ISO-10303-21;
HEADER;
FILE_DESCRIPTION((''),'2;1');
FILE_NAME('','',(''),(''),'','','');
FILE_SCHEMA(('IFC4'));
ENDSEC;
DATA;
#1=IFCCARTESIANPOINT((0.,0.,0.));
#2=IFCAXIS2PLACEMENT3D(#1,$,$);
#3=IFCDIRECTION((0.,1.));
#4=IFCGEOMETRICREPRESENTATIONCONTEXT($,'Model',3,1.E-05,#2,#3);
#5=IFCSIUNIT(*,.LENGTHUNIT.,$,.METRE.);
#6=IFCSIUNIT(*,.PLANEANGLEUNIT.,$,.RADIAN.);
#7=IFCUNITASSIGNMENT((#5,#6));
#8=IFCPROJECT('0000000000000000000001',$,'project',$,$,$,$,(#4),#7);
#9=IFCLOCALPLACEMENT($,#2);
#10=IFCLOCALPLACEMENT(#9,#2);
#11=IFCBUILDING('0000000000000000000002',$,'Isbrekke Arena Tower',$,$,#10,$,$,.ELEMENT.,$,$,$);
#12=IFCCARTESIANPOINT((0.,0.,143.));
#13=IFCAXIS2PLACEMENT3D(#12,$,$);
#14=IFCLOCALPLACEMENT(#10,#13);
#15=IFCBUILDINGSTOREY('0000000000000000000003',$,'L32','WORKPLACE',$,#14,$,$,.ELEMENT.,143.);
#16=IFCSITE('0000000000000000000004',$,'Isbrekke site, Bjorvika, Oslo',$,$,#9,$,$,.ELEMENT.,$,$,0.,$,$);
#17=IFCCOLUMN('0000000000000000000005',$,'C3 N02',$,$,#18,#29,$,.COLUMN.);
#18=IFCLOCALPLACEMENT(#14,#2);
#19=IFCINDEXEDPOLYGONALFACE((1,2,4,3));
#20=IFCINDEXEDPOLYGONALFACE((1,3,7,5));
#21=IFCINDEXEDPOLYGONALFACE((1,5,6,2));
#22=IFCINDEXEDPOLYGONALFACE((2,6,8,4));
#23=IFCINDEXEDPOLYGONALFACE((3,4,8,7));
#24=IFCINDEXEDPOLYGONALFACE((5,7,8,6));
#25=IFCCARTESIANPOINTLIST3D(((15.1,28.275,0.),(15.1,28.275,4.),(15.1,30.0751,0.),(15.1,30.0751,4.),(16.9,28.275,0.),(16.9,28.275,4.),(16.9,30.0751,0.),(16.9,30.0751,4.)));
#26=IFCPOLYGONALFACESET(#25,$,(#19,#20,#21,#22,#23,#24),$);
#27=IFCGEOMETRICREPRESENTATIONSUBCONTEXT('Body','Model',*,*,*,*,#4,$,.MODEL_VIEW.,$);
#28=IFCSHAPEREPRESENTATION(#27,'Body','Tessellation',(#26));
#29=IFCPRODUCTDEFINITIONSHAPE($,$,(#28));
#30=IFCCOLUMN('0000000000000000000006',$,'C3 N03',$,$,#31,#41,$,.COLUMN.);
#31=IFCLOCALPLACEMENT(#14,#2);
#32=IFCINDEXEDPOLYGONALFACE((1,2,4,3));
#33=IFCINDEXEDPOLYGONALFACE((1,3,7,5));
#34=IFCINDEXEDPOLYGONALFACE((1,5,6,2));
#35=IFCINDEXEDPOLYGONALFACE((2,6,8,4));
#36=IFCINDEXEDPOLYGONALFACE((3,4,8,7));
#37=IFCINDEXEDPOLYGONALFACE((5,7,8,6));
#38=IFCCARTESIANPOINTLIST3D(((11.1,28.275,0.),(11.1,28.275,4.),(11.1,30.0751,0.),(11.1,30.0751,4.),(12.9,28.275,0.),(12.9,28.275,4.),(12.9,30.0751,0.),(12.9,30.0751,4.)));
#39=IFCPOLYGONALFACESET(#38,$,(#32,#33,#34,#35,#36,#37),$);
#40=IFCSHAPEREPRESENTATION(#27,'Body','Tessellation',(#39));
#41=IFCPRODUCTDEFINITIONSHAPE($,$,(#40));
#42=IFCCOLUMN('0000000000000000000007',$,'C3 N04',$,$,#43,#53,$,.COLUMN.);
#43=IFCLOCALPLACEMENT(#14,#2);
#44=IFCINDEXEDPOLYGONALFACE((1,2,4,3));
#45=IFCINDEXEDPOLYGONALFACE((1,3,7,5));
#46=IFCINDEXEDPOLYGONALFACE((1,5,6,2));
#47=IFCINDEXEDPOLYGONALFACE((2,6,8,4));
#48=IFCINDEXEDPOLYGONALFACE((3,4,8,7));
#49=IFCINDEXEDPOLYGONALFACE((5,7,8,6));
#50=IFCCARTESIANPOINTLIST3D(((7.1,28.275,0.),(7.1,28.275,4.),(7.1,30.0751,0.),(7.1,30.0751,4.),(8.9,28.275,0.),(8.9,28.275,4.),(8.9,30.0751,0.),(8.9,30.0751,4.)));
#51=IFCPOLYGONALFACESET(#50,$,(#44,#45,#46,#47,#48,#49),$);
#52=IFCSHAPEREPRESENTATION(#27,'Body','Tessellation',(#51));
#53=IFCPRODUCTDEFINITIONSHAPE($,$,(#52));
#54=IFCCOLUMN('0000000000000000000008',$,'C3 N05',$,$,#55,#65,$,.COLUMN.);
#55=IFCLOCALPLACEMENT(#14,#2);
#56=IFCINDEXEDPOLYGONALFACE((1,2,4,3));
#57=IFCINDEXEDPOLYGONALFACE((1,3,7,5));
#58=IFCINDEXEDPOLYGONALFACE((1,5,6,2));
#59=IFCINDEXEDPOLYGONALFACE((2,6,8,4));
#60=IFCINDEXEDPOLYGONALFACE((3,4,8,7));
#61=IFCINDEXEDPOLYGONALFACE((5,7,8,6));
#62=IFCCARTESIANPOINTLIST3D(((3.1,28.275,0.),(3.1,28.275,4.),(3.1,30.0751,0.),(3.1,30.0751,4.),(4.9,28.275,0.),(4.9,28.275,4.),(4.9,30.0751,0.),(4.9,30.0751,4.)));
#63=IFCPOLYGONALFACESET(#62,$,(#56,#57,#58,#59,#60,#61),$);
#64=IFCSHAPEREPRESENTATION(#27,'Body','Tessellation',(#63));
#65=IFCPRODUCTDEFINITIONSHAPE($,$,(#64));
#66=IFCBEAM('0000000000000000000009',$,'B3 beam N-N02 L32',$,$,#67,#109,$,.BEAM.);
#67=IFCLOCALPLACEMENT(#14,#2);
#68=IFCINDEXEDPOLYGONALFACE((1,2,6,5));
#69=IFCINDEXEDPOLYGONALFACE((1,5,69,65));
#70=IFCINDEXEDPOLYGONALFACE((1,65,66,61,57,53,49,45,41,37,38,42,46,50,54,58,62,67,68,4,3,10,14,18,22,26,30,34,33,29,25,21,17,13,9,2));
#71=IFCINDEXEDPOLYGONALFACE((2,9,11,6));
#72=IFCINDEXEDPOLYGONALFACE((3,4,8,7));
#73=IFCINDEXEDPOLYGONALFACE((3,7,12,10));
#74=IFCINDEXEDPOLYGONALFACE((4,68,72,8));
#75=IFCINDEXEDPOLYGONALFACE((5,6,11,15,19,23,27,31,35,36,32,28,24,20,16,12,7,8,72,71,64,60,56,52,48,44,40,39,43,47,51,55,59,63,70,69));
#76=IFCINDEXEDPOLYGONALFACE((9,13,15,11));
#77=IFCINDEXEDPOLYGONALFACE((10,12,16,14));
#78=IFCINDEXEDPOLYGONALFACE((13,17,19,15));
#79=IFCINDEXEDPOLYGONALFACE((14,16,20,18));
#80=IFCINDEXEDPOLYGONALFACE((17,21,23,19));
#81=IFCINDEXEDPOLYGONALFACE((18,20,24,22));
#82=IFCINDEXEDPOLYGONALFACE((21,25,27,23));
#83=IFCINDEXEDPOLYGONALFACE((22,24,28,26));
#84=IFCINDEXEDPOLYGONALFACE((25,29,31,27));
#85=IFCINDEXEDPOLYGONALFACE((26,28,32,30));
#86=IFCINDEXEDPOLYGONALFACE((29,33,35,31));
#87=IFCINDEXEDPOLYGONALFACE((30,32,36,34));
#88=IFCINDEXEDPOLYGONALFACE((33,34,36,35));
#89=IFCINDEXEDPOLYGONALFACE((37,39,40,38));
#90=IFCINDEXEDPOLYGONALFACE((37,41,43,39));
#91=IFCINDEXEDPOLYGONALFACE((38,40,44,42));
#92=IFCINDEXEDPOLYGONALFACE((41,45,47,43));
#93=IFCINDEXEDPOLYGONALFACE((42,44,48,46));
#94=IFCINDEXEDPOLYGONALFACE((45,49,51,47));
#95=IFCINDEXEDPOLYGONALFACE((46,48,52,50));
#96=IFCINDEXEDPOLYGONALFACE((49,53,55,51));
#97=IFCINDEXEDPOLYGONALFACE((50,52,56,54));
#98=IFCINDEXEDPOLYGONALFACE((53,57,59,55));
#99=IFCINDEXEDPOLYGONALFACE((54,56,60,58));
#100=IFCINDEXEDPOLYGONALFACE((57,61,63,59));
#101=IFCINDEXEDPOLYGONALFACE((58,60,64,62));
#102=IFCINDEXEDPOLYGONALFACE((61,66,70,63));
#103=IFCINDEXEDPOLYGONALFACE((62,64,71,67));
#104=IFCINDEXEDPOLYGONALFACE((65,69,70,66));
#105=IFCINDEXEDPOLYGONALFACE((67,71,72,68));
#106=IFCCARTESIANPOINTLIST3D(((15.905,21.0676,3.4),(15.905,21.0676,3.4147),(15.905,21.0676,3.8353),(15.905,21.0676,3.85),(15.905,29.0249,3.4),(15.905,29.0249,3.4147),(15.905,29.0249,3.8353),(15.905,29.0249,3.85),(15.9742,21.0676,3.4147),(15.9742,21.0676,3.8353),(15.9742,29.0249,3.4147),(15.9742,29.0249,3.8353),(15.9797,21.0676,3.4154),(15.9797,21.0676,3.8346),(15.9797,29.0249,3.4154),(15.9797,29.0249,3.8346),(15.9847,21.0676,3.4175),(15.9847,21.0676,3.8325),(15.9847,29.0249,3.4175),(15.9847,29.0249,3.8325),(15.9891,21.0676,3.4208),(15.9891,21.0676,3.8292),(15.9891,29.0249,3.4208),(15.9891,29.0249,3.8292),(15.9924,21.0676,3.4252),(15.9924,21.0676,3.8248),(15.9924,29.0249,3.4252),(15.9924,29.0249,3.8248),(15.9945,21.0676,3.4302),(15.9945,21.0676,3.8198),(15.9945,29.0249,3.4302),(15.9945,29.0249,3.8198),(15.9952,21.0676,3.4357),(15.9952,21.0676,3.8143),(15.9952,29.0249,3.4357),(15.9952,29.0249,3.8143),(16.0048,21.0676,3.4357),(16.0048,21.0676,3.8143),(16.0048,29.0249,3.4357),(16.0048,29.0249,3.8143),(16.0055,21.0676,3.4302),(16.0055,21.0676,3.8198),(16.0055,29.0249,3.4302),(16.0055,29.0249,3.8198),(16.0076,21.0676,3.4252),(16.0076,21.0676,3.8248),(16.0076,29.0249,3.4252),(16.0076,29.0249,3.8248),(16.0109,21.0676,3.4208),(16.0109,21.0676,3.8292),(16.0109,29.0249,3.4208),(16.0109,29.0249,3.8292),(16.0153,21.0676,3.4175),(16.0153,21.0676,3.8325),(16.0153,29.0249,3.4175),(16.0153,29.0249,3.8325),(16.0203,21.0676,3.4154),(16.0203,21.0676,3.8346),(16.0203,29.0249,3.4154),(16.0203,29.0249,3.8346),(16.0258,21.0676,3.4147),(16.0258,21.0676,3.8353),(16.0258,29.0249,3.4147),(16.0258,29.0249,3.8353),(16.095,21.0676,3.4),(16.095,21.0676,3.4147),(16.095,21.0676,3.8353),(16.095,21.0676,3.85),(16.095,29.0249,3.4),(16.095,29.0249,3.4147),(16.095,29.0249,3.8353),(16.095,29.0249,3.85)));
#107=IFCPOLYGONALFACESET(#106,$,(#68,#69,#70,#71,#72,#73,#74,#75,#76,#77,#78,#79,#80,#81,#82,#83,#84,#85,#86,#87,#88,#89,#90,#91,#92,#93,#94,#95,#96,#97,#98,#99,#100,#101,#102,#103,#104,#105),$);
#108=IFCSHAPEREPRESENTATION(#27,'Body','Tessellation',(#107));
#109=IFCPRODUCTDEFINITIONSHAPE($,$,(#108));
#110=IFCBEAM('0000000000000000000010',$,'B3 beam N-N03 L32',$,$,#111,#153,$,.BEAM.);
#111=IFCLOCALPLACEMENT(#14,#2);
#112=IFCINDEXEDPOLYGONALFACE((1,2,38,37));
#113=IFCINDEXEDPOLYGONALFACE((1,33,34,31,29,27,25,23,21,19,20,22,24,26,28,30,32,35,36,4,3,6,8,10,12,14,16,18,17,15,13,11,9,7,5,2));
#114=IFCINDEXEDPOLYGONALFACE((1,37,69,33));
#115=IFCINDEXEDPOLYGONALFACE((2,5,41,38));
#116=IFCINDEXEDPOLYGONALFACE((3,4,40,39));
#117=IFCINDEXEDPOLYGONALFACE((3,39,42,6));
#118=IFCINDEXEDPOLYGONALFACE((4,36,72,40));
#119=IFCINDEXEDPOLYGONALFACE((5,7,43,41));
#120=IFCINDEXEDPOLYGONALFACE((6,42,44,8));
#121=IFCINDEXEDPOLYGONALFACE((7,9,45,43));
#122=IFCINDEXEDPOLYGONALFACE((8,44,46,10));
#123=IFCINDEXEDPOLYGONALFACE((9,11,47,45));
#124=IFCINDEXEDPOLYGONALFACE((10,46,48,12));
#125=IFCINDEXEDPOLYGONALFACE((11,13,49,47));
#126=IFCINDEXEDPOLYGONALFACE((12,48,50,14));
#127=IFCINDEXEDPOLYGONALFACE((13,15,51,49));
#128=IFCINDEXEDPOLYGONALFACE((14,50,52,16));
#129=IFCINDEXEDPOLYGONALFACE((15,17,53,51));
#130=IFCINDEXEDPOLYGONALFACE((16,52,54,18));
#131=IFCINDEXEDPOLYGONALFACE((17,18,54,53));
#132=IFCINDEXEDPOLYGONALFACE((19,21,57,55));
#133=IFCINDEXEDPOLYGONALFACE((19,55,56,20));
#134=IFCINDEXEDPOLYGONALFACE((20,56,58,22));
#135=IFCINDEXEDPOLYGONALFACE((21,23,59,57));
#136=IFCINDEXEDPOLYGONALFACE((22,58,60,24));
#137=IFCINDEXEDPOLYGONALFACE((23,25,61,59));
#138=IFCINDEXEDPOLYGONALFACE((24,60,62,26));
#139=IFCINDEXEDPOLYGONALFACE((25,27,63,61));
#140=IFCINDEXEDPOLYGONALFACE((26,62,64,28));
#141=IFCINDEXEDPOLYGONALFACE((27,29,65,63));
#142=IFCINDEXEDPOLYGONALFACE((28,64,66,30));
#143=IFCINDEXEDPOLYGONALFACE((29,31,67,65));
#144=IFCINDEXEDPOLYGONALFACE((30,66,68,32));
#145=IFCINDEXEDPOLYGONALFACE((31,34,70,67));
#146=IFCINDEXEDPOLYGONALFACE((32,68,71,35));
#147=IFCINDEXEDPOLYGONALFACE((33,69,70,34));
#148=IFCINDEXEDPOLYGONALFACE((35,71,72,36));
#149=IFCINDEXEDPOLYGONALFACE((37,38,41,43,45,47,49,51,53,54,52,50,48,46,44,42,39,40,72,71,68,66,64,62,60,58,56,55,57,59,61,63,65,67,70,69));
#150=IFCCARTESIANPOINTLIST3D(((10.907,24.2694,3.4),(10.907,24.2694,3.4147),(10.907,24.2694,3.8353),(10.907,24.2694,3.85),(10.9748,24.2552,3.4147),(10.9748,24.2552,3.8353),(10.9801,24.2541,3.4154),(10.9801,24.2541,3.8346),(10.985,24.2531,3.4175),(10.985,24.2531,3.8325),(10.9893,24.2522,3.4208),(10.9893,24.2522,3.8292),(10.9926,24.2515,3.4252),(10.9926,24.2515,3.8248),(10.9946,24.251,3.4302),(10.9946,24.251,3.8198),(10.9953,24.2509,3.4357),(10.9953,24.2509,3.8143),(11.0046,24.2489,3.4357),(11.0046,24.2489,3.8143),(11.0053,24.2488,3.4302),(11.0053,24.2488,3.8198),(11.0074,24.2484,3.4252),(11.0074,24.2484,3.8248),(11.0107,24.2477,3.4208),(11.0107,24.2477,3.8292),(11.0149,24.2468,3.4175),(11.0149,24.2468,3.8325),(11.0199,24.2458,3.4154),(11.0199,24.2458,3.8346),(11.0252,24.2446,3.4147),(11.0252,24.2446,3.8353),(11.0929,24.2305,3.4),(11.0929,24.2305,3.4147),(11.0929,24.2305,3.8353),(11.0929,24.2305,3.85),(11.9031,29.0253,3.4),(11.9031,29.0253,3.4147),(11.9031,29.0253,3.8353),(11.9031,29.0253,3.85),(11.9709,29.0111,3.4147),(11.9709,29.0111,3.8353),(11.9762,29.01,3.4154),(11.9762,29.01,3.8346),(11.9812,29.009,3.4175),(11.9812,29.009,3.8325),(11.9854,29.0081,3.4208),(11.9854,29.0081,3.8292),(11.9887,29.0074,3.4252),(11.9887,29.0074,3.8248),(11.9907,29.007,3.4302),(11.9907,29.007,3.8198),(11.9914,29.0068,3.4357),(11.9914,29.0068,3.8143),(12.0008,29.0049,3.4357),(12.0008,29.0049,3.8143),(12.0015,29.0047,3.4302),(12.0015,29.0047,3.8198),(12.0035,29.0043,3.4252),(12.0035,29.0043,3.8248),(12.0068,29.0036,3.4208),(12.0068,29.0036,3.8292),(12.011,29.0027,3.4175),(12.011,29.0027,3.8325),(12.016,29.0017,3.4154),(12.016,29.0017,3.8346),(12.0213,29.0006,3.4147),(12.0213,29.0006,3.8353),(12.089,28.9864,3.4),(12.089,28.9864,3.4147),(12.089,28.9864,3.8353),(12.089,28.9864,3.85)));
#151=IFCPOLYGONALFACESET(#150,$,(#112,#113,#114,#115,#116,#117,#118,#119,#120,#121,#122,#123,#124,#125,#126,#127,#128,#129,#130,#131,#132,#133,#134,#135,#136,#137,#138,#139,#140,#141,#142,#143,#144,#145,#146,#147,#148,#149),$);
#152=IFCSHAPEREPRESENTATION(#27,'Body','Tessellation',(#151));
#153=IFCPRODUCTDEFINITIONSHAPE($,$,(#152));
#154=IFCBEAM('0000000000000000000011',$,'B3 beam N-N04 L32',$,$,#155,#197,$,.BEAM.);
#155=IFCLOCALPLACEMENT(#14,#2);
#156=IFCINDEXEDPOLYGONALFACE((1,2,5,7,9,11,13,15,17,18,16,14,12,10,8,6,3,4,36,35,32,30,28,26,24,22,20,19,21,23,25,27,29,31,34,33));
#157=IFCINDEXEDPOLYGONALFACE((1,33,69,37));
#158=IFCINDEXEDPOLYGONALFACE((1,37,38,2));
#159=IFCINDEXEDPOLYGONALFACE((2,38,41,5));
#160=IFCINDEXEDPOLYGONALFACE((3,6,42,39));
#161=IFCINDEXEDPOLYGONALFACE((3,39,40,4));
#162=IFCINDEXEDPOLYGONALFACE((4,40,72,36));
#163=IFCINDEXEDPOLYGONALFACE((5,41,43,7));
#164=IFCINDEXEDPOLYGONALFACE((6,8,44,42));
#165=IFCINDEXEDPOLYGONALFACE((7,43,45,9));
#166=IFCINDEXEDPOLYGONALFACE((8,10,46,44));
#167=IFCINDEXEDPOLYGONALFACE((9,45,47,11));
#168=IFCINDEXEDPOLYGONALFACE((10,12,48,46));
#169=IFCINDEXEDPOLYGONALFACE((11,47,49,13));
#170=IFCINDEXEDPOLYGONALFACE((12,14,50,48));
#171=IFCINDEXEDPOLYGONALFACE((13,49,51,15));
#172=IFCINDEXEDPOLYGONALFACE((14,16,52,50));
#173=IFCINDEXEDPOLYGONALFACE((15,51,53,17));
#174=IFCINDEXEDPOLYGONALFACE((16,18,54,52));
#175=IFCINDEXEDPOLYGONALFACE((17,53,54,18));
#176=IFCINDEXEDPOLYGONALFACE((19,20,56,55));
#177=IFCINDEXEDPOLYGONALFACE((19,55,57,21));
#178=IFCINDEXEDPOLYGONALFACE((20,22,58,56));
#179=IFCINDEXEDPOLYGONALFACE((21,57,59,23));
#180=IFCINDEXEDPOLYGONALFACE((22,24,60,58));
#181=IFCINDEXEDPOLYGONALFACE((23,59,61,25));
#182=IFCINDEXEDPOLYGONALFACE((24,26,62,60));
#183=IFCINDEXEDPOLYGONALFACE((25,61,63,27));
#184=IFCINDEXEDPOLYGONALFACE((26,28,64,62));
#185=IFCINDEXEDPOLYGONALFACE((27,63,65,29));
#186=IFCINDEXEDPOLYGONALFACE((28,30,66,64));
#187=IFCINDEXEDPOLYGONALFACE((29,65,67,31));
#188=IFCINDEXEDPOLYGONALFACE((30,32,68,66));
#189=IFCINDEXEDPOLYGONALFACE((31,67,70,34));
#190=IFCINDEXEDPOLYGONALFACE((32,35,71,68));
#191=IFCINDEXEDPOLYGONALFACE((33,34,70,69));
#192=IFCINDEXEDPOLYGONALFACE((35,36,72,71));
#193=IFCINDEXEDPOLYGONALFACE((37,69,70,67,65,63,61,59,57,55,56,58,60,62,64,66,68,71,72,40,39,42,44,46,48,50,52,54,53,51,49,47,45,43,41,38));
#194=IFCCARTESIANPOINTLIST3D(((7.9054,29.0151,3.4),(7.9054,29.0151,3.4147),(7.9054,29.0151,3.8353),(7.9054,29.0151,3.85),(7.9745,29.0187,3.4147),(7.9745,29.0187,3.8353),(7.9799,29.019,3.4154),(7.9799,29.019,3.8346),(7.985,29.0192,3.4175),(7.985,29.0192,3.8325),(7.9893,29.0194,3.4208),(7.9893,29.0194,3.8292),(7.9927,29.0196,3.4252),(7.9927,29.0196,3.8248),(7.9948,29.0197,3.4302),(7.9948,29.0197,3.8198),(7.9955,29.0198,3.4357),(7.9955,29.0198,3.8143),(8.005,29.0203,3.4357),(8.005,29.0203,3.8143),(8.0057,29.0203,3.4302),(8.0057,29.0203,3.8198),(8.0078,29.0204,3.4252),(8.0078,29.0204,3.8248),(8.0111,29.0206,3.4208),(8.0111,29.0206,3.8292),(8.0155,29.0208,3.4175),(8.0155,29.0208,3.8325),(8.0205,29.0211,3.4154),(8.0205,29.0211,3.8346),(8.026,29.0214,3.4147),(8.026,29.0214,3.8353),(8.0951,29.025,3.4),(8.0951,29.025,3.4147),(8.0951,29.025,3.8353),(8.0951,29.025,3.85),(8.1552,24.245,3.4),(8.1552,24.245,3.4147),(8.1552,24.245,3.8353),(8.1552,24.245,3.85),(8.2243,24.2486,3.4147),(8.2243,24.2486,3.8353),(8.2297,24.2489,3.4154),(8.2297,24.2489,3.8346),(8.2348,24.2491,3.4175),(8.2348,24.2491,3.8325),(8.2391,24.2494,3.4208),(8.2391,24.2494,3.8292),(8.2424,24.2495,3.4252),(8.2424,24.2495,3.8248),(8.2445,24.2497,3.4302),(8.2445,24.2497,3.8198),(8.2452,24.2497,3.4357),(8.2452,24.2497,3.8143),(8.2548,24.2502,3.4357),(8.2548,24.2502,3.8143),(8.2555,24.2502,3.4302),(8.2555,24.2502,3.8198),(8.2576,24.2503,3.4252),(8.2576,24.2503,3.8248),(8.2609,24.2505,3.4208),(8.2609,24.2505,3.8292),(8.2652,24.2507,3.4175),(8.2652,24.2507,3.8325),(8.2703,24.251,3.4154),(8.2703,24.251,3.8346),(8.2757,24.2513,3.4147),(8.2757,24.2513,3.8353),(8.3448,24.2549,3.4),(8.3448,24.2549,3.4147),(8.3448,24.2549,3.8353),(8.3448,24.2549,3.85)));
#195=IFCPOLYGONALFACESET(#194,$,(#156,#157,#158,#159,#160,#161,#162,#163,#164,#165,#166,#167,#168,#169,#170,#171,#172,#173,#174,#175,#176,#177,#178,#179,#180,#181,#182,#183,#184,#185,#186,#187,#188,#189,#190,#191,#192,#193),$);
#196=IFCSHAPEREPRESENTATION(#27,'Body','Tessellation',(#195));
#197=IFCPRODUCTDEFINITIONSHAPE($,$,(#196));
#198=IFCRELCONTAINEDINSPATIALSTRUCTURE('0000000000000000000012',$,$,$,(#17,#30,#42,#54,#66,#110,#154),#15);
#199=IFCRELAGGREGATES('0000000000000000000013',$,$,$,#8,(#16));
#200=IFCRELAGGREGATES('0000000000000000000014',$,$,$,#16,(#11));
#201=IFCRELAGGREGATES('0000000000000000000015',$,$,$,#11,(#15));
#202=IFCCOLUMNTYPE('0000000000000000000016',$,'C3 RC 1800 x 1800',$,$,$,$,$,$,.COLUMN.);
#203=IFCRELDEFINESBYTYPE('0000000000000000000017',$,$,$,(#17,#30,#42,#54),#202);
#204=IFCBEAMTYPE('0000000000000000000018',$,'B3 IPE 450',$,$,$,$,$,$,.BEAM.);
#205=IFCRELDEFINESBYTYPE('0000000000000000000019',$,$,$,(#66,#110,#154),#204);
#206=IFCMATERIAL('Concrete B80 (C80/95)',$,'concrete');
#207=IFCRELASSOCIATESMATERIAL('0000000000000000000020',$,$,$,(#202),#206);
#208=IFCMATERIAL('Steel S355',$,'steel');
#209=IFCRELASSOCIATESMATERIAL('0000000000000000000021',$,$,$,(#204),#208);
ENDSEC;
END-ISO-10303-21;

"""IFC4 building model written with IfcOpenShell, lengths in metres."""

from ifc_helpers import new_model, si_unit, direction, frame, origin, origin_2d, place, context, subcontext, project, spatial, rectangle, i_section, extrude, material, material_profile, profile_set, type_object, element, save


model = new_model("IFC4")

# Units and contexts
model_context = context("Model", 3, precision=1e-05, world=origin(), true_north=direction((0.0, 1.0)))
body_context = subcontext(model_context, "Body", "Model", "MODEL_VIEW")
ifc_project = project(units=[si_unit("LENGTHUNIT", "METRE"), si_unit("PLANEANGLEUNIT", "RADIAN")], contexts=[model_context])

# Site, building, storey
site_placement = place(None, origin())
site = spatial("IfcSite", under=ifc_project, at=site_placement, Name="Isbrekke site, Bjorvika, Oslo", CompositionType="ELEMENT", RefElevation=0.0)
building_placement = place(site_placement, origin())
building = spatial("IfcBuilding", under=site, at=building_placement, Name="Isbrekke Arena Tower", CompositionType="ELEMENT")
storey_placement = place(building_placement, frame((0.0, 0.0, 143.0)))
storey = spatial("IfcBuildingStorey", under=building, at=storey_placement, Name="L32", Description="WORKPLACE", CompositionType="ELEMENT", Elevation=143.0)

# Columns
ifc_material_1 = material(Name="Concrete B80 (C80/95)", Category="concrete")
ifc_material_profile_1 = material_profile(ifc_material_1, rectangle(XDim=1.8, YDim=1.8, at=origin_2d()), Name="RC 1800x1800")
ifc_profile_set_1 = profile_set([ifc_material_profile_1], Name="Concrete B80 (C80/95)")
column_type = type_object("IfcColumnType", Name="C3 RC 1800 x 1800", PredefinedType="COLUMN", material=ifc_profile_set_1)
for number, where, z_axis, x_axis, name in (
    (1, (16.0, 29.175, 0.0), (0.0, 0.0, 1.0), (-1.0, 0.0, 0.0), "C3 N02"),
    (2, (12.0, 29.175, 0.0), (0.0, 0.0, 1.0), (-1.0, 0.0, 0.0), "C3 N03"),
    (3, (8.0, 29.175, 0.0), (0.0, 0.0, 1.0), (-1.0, 0.0, 0.0), "C3 N04"),
    (4, (4.0, 29.175, 0.0), (0.0, 0.0, 1.0), (-1.0, 0.0, 0.0), "C3 N05"),
):
    element("IfcColumn", number, at=place(storey_placement, frame(where, z_axis=z_axis, x_axis=x_axis)), inside=storey, type_object=column_type, Name=name, PredefinedType="COLUMN", context=body_context, shape_type="SweptSolid", body=[
        extrude(rectangle(XDim=1.8, YDim=1.8, at=origin_2d()), origin(), (0.0, 0.0, 1.0), 4.0),
    ])

# Beams
ifc_material_2 = material(Name="Steel S355", Category="steel")
ifc_material_profile_2 = material_profile(ifc_material_2, i_section(OverallWidth=0.1899, OverallDepth=0.45, WebThickness=0.0095, FlangeThickness=0.0146, FilletRadius=0.021, at=origin_2d()), Name="IPE 450")
ifc_profile_set_2 = profile_set([ifc_material_profile_2], Name="Steel S355")
beam_type_1 = type_object("IfcBeamType", Name="B3 IPE 450", PredefinedType="BEAM", material=ifc_profile_set_2)
beam_1_placement = place(storey_placement, frame((16.0, 29.0249, 3.625), z_axis=(0.0, -1.0, 0.0), x_axis=(1.0, 0.0, 0.0)))
element("IfcBeam", 5, at=beam_1_placement, inside=storey, type_object=beam_type_1, Name="B3 beam N-N02 L32", PredefinedType="BEAM", context=body_context, shape_type="SweptSolid", body=[
    extrude(i_section(OverallWidth=0.1899, OverallDepth=0.45, WebThickness=0.0095, FlangeThickness=0.0146, FilletRadius=0.021, at=origin_2d()), origin(), (0.0, 0.0, 1.0), 7.9573),
])
beam_2_placement = place(storey_placement, frame((11.9961, 29.0059, 3.625), z_axis=(-0.204997, -0.978762, 0.0), x_axis=(0.978762, -0.204997, 0.0)))
element("IfcBeam", 6, at=beam_2_placement, inside=storey, type_object=beam_type_1, Name="B3 beam N-N03 L32", PredefinedType="BEAM", context=body_context, shape_type="SweptSolid", body=[
    extrude(i_section(OverallWidth=0.1899, OverallDepth=0.45, WebThickness=0.0095, FlangeThickness=0.0146, FilletRadius=0.021, at=origin_2d()), origin(), (0.0, 0.0, 1.0), 4.8591),
])
beam_3_placement = place(storey_placement, frame((8.0002, 29.02, 3.625), z_axis=(0.052288, -0.998632, 0.0), x_axis=(0.998632, 0.052288, 0.0)))
element("IfcBeam", 7, at=beam_3_placement, inside=storey, type_object=beam_type_1, Name="B3 beam N-N04 L32", PredefinedType="BEAM", context=body_context, shape_type="SweptSolid", body=[
    extrude(i_section(OverallWidth=0.1899, OverallDepth=0.45, WebThickness=0.0095, FlangeThickness=0.0146, FilletRadius=0.021, at=origin_2d()), origin(), (0.0, 0.0, 1.0), 4.7766),
])

save(model, "model.ifc")
